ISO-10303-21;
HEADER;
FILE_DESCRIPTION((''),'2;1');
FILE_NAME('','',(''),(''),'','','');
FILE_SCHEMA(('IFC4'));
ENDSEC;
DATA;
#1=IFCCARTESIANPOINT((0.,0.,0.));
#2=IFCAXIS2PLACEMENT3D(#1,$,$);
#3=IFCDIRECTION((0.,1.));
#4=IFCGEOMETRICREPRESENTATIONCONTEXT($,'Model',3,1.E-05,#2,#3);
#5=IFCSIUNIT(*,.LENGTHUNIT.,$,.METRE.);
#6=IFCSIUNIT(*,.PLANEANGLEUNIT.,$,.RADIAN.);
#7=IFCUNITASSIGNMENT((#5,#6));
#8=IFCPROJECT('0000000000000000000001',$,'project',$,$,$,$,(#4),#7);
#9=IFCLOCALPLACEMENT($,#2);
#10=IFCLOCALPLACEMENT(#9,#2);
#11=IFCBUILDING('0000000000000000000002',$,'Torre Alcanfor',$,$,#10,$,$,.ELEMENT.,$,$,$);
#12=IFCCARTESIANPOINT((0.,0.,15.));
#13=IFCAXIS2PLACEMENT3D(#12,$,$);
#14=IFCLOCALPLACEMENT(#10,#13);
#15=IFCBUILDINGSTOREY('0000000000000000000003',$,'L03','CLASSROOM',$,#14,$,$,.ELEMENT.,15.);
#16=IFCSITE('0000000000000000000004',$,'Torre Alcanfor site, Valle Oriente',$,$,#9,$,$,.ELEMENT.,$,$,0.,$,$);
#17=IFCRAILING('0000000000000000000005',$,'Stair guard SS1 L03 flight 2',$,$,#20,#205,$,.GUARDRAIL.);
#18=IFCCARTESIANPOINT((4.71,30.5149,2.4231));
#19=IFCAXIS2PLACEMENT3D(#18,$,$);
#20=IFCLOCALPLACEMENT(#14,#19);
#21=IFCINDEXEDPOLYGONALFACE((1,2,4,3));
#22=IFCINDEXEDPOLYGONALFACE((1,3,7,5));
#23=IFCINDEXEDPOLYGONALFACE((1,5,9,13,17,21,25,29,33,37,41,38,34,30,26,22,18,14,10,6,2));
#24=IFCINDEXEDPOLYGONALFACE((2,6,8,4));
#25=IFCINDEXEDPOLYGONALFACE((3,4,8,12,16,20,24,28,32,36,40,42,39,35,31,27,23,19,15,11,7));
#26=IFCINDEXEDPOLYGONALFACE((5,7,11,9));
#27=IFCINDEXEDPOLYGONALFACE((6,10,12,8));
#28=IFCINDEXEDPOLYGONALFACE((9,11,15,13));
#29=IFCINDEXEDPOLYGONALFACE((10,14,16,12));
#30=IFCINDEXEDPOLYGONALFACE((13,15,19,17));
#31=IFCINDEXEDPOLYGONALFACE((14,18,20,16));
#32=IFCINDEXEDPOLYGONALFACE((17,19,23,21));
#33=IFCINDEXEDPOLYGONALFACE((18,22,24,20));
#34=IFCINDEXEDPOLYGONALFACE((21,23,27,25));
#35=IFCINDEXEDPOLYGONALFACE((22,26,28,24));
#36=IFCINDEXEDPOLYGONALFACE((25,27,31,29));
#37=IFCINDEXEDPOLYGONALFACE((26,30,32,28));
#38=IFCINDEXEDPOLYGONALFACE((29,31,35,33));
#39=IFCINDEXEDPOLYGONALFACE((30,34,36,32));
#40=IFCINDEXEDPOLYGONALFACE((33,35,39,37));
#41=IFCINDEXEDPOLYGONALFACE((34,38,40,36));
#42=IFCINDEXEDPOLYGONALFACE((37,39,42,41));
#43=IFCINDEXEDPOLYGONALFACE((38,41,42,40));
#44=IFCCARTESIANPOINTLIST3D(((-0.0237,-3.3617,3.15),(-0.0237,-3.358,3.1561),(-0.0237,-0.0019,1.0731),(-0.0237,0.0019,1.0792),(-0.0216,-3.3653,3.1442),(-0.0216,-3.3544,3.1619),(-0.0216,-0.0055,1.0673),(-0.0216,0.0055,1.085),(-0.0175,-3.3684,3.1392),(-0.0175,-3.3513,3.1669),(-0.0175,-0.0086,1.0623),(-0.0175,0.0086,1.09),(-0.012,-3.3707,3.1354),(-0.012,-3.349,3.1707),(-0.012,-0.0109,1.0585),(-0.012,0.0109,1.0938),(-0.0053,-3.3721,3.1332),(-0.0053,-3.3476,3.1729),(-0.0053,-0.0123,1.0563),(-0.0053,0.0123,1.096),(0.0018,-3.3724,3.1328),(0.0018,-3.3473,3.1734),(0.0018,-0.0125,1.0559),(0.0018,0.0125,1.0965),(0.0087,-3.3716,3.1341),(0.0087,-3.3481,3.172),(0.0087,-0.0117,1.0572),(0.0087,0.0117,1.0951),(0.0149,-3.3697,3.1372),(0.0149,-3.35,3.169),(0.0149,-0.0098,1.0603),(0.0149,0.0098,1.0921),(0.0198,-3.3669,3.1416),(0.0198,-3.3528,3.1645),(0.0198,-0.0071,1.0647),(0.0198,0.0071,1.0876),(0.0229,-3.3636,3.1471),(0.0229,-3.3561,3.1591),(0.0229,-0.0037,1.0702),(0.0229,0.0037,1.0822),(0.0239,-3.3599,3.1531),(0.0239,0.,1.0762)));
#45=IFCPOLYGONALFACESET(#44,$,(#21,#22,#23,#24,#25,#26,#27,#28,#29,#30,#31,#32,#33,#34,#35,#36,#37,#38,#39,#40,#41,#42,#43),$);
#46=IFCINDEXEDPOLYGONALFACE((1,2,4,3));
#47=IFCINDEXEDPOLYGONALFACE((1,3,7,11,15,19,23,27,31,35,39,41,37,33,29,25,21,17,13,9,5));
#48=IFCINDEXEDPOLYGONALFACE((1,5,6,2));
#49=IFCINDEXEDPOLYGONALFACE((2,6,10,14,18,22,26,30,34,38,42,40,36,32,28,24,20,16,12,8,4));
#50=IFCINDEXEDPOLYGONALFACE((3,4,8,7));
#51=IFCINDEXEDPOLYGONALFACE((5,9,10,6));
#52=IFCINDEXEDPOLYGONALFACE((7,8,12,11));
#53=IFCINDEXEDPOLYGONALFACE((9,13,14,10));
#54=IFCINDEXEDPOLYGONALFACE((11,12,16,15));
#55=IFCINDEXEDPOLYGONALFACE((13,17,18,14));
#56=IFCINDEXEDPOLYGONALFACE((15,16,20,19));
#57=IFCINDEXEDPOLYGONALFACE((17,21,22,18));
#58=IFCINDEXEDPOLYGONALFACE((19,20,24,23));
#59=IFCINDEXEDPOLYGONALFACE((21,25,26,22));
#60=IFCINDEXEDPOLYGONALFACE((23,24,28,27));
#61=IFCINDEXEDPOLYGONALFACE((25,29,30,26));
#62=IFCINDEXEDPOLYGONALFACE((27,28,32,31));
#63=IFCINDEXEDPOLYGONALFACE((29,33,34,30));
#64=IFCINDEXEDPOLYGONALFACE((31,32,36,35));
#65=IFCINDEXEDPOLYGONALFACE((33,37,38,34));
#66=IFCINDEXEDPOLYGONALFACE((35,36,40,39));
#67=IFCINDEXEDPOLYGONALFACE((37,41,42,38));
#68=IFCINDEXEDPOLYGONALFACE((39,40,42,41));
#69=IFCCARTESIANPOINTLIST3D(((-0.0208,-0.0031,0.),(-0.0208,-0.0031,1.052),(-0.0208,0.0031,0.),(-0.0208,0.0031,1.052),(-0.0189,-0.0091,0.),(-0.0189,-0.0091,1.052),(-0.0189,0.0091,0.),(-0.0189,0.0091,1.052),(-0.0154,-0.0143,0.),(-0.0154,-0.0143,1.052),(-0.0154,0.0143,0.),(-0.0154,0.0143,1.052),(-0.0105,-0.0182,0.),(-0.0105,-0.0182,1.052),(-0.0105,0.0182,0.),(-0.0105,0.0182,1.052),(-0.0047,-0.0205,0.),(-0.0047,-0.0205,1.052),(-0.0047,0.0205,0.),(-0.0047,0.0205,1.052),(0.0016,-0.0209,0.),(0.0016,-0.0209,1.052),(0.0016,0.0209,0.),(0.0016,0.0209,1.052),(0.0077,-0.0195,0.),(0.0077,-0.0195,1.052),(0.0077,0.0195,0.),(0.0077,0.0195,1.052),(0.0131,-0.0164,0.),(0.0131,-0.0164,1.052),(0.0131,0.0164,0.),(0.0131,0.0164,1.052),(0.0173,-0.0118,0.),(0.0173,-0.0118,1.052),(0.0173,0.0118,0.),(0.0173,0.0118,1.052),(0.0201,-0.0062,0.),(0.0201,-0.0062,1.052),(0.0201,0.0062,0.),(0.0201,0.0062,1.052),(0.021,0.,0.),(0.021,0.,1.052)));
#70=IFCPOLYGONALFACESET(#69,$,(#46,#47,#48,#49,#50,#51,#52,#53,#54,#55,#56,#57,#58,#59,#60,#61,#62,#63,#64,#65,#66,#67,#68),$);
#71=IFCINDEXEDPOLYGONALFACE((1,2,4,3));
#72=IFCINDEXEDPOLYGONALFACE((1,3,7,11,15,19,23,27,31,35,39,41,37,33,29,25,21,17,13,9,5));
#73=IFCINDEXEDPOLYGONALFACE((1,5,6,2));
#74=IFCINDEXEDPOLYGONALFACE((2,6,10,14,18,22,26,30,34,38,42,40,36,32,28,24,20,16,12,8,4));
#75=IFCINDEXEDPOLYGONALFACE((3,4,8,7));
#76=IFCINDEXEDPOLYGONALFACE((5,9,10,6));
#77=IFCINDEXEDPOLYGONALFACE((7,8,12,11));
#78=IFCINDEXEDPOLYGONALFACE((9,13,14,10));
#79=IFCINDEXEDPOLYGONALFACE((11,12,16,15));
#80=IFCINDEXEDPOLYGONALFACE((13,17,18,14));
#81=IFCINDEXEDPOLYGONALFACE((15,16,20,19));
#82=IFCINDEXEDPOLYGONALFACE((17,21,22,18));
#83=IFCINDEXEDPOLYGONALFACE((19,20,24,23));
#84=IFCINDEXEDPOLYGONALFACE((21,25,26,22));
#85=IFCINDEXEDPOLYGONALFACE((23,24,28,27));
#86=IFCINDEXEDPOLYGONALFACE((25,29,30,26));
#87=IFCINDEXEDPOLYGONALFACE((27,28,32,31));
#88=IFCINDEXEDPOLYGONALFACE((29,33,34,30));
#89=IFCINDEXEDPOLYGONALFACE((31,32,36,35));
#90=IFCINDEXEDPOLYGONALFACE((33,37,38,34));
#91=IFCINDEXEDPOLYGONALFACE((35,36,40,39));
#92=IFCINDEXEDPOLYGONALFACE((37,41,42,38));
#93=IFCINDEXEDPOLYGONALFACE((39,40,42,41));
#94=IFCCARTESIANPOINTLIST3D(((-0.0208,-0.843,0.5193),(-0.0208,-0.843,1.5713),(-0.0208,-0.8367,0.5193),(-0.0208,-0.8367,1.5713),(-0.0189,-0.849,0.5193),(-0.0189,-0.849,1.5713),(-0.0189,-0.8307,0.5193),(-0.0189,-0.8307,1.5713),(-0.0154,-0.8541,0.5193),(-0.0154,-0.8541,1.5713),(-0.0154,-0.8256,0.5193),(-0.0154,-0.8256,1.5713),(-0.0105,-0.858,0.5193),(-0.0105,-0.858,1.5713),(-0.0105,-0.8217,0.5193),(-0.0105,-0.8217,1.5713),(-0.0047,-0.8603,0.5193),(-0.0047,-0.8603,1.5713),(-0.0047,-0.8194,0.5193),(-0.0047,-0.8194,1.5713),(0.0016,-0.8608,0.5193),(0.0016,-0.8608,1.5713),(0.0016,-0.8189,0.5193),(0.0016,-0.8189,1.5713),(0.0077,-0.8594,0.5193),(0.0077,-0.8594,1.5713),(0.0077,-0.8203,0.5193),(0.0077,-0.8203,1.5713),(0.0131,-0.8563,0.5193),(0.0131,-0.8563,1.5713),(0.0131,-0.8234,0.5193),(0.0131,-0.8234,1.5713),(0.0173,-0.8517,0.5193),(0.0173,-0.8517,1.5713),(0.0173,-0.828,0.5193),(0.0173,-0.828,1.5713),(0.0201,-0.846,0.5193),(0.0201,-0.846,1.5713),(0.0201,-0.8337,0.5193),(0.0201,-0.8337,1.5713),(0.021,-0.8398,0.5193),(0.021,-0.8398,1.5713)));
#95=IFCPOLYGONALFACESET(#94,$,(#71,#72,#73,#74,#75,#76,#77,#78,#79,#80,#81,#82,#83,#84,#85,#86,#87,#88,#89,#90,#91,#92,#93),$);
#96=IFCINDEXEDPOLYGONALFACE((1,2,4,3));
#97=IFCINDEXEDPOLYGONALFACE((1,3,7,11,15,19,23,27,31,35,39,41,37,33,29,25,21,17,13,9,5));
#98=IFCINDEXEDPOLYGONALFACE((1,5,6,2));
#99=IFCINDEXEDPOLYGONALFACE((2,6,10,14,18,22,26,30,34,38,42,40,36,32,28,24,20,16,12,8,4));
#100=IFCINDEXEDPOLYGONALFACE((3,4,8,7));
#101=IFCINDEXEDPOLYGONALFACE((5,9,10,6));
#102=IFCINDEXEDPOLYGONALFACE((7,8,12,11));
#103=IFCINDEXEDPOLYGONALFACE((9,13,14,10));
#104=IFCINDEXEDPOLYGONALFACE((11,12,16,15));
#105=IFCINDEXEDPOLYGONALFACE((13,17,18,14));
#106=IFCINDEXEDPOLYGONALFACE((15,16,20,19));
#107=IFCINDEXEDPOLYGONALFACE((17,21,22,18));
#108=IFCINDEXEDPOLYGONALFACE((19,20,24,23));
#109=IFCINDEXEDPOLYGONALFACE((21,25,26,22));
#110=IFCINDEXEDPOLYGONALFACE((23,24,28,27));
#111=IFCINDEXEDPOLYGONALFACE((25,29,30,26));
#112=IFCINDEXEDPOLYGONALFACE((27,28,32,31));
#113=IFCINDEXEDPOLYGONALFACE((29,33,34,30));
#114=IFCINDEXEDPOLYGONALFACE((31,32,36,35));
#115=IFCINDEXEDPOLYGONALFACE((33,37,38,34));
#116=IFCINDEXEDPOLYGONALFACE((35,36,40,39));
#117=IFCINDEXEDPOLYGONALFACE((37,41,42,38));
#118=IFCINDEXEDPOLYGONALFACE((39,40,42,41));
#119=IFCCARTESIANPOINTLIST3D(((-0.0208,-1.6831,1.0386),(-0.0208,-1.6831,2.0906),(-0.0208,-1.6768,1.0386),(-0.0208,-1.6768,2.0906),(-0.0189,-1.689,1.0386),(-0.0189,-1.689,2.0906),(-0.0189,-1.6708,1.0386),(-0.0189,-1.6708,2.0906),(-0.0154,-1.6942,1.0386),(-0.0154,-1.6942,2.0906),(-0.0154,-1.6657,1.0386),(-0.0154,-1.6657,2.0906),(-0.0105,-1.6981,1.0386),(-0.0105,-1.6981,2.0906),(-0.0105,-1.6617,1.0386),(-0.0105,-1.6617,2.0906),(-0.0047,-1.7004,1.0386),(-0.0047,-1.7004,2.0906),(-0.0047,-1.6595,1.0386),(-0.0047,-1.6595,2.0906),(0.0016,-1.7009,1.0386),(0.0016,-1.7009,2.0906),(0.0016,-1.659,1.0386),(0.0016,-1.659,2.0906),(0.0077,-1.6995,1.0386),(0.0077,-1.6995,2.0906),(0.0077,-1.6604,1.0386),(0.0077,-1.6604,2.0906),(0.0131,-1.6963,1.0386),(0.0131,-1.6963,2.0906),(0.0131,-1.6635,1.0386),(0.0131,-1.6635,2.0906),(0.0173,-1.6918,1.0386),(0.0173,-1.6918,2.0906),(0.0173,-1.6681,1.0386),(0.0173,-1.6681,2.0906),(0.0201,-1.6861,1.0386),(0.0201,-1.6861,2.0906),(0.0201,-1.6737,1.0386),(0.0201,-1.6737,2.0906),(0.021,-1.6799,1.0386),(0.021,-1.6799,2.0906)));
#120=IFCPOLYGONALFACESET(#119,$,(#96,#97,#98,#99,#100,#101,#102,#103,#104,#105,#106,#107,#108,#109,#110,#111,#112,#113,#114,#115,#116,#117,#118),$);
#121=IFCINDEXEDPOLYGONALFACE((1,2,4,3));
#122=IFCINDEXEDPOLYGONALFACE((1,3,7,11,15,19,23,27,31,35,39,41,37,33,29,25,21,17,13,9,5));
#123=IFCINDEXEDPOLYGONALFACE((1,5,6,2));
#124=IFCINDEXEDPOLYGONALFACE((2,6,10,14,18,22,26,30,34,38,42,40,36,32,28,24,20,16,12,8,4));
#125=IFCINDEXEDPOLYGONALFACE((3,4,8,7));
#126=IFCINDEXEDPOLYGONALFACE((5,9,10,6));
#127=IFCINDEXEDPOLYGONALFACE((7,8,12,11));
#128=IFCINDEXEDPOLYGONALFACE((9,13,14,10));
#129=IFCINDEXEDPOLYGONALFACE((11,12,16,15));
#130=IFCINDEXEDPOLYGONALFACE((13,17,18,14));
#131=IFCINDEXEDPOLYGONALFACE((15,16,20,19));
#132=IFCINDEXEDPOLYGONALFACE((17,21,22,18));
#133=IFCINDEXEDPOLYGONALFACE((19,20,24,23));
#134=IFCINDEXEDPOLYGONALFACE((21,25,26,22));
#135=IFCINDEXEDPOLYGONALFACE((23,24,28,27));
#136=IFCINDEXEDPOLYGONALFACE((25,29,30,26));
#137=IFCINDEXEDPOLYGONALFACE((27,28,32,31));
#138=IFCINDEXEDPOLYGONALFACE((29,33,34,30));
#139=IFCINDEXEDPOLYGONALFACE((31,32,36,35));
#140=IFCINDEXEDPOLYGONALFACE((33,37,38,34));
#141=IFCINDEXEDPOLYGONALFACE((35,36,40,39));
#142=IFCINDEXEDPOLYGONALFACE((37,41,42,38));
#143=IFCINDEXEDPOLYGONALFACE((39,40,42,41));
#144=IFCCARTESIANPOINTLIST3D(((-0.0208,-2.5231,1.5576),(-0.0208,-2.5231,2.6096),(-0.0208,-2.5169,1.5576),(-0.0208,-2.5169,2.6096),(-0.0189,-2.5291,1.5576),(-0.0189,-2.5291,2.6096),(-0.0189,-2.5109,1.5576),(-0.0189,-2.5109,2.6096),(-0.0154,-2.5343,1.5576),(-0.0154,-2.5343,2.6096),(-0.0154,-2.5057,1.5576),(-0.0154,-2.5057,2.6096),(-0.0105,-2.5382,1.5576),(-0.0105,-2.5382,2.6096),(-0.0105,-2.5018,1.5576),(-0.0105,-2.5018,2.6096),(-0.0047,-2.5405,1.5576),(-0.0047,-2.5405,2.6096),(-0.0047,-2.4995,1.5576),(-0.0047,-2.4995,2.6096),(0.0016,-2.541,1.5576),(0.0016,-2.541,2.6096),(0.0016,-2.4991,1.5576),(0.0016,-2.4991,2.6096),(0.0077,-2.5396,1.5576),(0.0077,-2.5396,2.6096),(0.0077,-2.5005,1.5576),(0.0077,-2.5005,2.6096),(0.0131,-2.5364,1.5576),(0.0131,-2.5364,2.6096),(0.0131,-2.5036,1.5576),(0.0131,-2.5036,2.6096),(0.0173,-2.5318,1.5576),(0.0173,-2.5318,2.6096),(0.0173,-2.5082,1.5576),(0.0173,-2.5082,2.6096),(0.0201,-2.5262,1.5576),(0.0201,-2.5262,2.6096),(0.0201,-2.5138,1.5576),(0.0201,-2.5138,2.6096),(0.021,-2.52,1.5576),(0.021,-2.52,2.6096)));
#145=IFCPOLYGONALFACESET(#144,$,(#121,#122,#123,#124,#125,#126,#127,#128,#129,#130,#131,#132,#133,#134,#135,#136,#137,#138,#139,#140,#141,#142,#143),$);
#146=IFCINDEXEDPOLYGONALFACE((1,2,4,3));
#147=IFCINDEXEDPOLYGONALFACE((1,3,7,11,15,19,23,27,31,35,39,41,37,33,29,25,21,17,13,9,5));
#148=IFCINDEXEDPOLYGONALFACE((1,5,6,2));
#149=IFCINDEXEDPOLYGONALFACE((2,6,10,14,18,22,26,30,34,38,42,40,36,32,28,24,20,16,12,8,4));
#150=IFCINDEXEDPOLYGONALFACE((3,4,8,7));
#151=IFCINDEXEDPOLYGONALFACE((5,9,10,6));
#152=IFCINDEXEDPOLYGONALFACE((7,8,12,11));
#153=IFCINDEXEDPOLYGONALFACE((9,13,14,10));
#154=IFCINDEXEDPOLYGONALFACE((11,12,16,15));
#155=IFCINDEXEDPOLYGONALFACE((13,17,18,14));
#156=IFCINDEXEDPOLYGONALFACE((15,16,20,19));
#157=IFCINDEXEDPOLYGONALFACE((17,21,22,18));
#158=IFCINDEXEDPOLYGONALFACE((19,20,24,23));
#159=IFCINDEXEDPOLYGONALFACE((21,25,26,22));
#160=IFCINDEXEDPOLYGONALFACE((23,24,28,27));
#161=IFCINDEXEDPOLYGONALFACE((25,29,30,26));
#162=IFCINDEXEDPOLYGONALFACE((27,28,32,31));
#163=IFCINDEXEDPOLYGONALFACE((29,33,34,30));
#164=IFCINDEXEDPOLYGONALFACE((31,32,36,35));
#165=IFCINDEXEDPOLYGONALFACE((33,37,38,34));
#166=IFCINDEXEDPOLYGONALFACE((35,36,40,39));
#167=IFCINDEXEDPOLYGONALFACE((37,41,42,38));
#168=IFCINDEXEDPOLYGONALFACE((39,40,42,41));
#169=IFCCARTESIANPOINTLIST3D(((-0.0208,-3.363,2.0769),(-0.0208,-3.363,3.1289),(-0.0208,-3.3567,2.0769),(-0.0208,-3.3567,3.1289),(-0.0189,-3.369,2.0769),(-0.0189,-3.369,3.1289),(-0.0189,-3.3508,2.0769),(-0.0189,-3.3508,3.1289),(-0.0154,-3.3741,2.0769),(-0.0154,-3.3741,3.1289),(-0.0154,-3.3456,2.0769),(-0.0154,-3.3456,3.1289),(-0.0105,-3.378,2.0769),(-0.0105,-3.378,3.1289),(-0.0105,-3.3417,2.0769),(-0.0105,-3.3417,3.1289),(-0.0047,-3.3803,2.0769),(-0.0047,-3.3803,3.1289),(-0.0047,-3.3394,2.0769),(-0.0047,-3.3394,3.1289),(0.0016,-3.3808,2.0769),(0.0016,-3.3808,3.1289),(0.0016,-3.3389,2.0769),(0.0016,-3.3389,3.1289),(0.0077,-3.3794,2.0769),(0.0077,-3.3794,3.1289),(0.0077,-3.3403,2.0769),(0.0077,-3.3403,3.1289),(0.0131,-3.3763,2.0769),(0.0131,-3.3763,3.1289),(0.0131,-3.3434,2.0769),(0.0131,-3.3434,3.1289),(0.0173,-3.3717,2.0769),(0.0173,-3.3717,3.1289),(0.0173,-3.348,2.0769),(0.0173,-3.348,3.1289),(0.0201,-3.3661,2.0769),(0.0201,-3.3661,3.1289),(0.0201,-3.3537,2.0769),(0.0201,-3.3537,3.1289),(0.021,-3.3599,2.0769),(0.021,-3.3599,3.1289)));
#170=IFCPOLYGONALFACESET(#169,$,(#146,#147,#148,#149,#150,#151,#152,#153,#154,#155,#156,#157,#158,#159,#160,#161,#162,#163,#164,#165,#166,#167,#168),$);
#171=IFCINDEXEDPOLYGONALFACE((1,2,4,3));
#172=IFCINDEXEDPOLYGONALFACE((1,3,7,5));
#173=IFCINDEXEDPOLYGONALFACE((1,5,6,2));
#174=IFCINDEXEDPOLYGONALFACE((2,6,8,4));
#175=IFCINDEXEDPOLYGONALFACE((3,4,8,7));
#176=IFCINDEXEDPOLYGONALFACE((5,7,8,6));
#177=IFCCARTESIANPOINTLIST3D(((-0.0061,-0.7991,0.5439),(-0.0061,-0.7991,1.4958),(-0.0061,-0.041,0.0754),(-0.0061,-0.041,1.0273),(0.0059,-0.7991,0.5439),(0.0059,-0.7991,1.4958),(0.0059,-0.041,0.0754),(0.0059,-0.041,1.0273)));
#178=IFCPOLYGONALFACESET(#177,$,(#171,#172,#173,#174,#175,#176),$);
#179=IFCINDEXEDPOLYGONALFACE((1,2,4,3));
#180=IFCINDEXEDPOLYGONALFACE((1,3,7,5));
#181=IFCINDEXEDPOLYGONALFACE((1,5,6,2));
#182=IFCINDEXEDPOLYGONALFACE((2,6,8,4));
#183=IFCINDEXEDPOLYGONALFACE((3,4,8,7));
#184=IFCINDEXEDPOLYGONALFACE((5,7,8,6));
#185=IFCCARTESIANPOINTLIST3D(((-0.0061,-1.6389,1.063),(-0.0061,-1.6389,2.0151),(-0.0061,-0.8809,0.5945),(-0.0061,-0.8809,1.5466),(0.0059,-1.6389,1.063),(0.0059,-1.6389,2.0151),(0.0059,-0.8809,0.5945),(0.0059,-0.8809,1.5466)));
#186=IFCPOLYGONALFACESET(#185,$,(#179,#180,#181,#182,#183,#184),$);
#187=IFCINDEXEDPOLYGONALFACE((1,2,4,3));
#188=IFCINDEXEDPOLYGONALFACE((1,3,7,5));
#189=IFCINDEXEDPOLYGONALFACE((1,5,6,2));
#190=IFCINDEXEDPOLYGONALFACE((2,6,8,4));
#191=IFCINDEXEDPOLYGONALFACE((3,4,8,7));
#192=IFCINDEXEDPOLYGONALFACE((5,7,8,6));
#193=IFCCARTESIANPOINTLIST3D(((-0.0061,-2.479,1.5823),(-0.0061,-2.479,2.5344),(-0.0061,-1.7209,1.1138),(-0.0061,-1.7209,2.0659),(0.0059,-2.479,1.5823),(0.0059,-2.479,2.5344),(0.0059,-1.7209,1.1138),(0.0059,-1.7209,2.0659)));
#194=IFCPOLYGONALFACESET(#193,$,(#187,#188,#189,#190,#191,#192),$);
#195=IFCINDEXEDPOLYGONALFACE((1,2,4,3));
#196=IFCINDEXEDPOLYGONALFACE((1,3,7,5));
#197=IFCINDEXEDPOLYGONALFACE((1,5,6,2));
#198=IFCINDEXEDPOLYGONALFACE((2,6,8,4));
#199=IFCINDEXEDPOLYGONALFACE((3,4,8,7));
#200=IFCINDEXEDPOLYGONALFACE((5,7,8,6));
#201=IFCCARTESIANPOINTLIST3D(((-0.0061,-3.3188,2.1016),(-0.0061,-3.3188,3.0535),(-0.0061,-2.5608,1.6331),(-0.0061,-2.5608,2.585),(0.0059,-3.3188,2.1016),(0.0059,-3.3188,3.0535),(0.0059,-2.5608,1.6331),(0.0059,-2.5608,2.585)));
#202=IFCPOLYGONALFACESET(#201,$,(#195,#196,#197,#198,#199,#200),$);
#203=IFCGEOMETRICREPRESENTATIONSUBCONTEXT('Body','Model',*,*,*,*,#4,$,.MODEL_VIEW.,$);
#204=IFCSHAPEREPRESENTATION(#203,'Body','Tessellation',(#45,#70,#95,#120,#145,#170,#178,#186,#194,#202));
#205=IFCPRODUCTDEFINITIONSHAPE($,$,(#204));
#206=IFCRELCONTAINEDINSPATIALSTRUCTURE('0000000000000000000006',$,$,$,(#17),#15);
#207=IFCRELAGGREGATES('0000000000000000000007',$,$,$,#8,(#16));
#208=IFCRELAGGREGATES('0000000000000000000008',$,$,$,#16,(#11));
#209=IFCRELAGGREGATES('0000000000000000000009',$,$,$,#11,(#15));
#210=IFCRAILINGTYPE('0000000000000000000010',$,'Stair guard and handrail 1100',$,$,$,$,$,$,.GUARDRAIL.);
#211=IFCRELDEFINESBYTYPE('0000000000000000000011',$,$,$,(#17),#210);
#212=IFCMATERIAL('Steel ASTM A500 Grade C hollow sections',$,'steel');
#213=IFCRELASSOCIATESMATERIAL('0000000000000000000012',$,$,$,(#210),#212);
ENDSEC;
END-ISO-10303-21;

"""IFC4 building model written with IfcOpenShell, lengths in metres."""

from ifc_helpers import new_model, si_unit, direction, frame, origin, origin_2d, place, context, subcontext, project, spatial, polyline, circle, outline, extrude, material, type_object, element, save


model = new_model("IFC4")

# Units and contexts
model_context = context("Model", 3, precision=1e-05, world=origin(), true_north=direction((0.0, 1.0)))
body_context = subcontext(model_context, "Body", "Model", "MODEL_VIEW")
ifc_project = project(units=[si_unit("LENGTHUNIT", "METRE"), si_unit("PLANEANGLEUNIT", "RADIAN")], contexts=[model_context])

# Site, building, storey
site_placement = place(None, origin())
site = spatial("IfcSite", under=ifc_project, at=site_placement, Name="Torre Alcanfor site, Valle Oriente", CompositionType="ELEMENT", RefElevation=0.0)
building_placement = place(site_placement, origin())
building = spatial("IfcBuilding", under=site, at=building_placement, Name="Torre Alcanfor", CompositionType="ELEMENT")
storey_placement = place(building_placement, frame((0.0, 0.0, 15.0)))
storey = spatial("IfcBuildingStorey", under=building, at=storey_placement, Name="L03", Description="CLASSROOM", CompositionType="ELEMENT", Elevation=15.0)

# Railing
ifc_material_1 = material(Name="Steel ASTM A500 Grade C hollow sections", Category="steel")
railing_type = type_object("IfcRailingType", Name="Stair guard and handrail 1100", PredefinedType="GUARDRAIL", material=ifc_material_1)
railing_1_placement = place(storey_placement, frame((4.71, 30.5149, 2.4231)))
element("IfcRailing", 1, at=railing_1_placement, inside=storey, type_object=railing_type, Name="Stair guard SS1 L03 flight 2", PredefinedType="GUARDRAIL", context=body_context, shape_type="SweptSolid", body=[
    extrude(circle(Radius=0.0239, at=origin_2d()), frame((0.0, 0.0, 1.0762), z_axis=(0.0, -0.850606, 0.525803), x_axis=(1.0, 0.0, 0.0)), (0.0, 0.0, 1.0), 3.95),
    extrude(circle(Radius=0.021, at=origin_2d()), origin(), (0.0, 0.0, 1.0), 1.052),
    extrude(circle(Radius=0.021, at=origin_2d()), frame((0.0, -0.8398, 0.5193)), (0.0, 0.0, 1.0), 1.052),
    extrude(circle(Radius=0.021, at=origin_2d()), frame((0.0, -1.6799, 1.0386)), (0.0, 0.0, 1.0), 1.052),
    extrude(circle(Radius=0.021, at=origin_2d()), frame((0.0, -2.52, 1.5576)), (0.0, 0.0, 1.0), 1.052),
    extrude(circle(Radius=0.021, at=origin_2d()), frame((0.0, -3.3599, 2.0769)), (0.0, 0.0, 1.0), 1.052),
    extrude(outline(polyline([(0.041, 0.0754), (0.7991, 0.5439), (0.7991, 1.4958), (0.041, 1.0273), (0.041, 0.0754)])), frame((0.0059, 0.0, 0.0), z_axis=(-1.0, 0.0, 0.0), x_axis=(0.0, -1.0, 0.0)), (0.0, 0.0, 1.0), 0.012),
    extrude(outline(polyline([(0.8809, 0.5945), (1.6389, 1.063), (1.6389, 2.0151), (0.8809, 1.5466), (0.8809, 0.5945)])), frame((0.0059, 0.0, 0.0), z_axis=(-1.0, 0.0, 0.0), x_axis=(0.0, -1.0, 0.0)), (0.0, 0.0, 1.0), 0.012),
    extrude(outline(polyline([(1.7209, 1.1138), (2.479, 1.5823), (2.479, 2.5344), (1.7209, 2.0659), (1.7209, 1.1138)])), frame((0.0059, 0.0, 0.0), z_axis=(-1.0, 0.0, 0.0), x_axis=(0.0, -1.0, 0.0)), (0.0, 0.0, 1.0), 0.012),
    extrude(outline(polyline([(2.5608, 1.6331), (3.3188, 2.1016), (3.3188, 3.0535), (2.5608, 2.585), (2.5608, 1.6331)])), frame((0.0059, 0.0, 0.0), z_axis=(-1.0, 0.0, 0.0), x_axis=(0.0, -1.0, 0.0)), (0.0, 0.0, 1.0), 0.012),
])

save(model, "model.ifc")
